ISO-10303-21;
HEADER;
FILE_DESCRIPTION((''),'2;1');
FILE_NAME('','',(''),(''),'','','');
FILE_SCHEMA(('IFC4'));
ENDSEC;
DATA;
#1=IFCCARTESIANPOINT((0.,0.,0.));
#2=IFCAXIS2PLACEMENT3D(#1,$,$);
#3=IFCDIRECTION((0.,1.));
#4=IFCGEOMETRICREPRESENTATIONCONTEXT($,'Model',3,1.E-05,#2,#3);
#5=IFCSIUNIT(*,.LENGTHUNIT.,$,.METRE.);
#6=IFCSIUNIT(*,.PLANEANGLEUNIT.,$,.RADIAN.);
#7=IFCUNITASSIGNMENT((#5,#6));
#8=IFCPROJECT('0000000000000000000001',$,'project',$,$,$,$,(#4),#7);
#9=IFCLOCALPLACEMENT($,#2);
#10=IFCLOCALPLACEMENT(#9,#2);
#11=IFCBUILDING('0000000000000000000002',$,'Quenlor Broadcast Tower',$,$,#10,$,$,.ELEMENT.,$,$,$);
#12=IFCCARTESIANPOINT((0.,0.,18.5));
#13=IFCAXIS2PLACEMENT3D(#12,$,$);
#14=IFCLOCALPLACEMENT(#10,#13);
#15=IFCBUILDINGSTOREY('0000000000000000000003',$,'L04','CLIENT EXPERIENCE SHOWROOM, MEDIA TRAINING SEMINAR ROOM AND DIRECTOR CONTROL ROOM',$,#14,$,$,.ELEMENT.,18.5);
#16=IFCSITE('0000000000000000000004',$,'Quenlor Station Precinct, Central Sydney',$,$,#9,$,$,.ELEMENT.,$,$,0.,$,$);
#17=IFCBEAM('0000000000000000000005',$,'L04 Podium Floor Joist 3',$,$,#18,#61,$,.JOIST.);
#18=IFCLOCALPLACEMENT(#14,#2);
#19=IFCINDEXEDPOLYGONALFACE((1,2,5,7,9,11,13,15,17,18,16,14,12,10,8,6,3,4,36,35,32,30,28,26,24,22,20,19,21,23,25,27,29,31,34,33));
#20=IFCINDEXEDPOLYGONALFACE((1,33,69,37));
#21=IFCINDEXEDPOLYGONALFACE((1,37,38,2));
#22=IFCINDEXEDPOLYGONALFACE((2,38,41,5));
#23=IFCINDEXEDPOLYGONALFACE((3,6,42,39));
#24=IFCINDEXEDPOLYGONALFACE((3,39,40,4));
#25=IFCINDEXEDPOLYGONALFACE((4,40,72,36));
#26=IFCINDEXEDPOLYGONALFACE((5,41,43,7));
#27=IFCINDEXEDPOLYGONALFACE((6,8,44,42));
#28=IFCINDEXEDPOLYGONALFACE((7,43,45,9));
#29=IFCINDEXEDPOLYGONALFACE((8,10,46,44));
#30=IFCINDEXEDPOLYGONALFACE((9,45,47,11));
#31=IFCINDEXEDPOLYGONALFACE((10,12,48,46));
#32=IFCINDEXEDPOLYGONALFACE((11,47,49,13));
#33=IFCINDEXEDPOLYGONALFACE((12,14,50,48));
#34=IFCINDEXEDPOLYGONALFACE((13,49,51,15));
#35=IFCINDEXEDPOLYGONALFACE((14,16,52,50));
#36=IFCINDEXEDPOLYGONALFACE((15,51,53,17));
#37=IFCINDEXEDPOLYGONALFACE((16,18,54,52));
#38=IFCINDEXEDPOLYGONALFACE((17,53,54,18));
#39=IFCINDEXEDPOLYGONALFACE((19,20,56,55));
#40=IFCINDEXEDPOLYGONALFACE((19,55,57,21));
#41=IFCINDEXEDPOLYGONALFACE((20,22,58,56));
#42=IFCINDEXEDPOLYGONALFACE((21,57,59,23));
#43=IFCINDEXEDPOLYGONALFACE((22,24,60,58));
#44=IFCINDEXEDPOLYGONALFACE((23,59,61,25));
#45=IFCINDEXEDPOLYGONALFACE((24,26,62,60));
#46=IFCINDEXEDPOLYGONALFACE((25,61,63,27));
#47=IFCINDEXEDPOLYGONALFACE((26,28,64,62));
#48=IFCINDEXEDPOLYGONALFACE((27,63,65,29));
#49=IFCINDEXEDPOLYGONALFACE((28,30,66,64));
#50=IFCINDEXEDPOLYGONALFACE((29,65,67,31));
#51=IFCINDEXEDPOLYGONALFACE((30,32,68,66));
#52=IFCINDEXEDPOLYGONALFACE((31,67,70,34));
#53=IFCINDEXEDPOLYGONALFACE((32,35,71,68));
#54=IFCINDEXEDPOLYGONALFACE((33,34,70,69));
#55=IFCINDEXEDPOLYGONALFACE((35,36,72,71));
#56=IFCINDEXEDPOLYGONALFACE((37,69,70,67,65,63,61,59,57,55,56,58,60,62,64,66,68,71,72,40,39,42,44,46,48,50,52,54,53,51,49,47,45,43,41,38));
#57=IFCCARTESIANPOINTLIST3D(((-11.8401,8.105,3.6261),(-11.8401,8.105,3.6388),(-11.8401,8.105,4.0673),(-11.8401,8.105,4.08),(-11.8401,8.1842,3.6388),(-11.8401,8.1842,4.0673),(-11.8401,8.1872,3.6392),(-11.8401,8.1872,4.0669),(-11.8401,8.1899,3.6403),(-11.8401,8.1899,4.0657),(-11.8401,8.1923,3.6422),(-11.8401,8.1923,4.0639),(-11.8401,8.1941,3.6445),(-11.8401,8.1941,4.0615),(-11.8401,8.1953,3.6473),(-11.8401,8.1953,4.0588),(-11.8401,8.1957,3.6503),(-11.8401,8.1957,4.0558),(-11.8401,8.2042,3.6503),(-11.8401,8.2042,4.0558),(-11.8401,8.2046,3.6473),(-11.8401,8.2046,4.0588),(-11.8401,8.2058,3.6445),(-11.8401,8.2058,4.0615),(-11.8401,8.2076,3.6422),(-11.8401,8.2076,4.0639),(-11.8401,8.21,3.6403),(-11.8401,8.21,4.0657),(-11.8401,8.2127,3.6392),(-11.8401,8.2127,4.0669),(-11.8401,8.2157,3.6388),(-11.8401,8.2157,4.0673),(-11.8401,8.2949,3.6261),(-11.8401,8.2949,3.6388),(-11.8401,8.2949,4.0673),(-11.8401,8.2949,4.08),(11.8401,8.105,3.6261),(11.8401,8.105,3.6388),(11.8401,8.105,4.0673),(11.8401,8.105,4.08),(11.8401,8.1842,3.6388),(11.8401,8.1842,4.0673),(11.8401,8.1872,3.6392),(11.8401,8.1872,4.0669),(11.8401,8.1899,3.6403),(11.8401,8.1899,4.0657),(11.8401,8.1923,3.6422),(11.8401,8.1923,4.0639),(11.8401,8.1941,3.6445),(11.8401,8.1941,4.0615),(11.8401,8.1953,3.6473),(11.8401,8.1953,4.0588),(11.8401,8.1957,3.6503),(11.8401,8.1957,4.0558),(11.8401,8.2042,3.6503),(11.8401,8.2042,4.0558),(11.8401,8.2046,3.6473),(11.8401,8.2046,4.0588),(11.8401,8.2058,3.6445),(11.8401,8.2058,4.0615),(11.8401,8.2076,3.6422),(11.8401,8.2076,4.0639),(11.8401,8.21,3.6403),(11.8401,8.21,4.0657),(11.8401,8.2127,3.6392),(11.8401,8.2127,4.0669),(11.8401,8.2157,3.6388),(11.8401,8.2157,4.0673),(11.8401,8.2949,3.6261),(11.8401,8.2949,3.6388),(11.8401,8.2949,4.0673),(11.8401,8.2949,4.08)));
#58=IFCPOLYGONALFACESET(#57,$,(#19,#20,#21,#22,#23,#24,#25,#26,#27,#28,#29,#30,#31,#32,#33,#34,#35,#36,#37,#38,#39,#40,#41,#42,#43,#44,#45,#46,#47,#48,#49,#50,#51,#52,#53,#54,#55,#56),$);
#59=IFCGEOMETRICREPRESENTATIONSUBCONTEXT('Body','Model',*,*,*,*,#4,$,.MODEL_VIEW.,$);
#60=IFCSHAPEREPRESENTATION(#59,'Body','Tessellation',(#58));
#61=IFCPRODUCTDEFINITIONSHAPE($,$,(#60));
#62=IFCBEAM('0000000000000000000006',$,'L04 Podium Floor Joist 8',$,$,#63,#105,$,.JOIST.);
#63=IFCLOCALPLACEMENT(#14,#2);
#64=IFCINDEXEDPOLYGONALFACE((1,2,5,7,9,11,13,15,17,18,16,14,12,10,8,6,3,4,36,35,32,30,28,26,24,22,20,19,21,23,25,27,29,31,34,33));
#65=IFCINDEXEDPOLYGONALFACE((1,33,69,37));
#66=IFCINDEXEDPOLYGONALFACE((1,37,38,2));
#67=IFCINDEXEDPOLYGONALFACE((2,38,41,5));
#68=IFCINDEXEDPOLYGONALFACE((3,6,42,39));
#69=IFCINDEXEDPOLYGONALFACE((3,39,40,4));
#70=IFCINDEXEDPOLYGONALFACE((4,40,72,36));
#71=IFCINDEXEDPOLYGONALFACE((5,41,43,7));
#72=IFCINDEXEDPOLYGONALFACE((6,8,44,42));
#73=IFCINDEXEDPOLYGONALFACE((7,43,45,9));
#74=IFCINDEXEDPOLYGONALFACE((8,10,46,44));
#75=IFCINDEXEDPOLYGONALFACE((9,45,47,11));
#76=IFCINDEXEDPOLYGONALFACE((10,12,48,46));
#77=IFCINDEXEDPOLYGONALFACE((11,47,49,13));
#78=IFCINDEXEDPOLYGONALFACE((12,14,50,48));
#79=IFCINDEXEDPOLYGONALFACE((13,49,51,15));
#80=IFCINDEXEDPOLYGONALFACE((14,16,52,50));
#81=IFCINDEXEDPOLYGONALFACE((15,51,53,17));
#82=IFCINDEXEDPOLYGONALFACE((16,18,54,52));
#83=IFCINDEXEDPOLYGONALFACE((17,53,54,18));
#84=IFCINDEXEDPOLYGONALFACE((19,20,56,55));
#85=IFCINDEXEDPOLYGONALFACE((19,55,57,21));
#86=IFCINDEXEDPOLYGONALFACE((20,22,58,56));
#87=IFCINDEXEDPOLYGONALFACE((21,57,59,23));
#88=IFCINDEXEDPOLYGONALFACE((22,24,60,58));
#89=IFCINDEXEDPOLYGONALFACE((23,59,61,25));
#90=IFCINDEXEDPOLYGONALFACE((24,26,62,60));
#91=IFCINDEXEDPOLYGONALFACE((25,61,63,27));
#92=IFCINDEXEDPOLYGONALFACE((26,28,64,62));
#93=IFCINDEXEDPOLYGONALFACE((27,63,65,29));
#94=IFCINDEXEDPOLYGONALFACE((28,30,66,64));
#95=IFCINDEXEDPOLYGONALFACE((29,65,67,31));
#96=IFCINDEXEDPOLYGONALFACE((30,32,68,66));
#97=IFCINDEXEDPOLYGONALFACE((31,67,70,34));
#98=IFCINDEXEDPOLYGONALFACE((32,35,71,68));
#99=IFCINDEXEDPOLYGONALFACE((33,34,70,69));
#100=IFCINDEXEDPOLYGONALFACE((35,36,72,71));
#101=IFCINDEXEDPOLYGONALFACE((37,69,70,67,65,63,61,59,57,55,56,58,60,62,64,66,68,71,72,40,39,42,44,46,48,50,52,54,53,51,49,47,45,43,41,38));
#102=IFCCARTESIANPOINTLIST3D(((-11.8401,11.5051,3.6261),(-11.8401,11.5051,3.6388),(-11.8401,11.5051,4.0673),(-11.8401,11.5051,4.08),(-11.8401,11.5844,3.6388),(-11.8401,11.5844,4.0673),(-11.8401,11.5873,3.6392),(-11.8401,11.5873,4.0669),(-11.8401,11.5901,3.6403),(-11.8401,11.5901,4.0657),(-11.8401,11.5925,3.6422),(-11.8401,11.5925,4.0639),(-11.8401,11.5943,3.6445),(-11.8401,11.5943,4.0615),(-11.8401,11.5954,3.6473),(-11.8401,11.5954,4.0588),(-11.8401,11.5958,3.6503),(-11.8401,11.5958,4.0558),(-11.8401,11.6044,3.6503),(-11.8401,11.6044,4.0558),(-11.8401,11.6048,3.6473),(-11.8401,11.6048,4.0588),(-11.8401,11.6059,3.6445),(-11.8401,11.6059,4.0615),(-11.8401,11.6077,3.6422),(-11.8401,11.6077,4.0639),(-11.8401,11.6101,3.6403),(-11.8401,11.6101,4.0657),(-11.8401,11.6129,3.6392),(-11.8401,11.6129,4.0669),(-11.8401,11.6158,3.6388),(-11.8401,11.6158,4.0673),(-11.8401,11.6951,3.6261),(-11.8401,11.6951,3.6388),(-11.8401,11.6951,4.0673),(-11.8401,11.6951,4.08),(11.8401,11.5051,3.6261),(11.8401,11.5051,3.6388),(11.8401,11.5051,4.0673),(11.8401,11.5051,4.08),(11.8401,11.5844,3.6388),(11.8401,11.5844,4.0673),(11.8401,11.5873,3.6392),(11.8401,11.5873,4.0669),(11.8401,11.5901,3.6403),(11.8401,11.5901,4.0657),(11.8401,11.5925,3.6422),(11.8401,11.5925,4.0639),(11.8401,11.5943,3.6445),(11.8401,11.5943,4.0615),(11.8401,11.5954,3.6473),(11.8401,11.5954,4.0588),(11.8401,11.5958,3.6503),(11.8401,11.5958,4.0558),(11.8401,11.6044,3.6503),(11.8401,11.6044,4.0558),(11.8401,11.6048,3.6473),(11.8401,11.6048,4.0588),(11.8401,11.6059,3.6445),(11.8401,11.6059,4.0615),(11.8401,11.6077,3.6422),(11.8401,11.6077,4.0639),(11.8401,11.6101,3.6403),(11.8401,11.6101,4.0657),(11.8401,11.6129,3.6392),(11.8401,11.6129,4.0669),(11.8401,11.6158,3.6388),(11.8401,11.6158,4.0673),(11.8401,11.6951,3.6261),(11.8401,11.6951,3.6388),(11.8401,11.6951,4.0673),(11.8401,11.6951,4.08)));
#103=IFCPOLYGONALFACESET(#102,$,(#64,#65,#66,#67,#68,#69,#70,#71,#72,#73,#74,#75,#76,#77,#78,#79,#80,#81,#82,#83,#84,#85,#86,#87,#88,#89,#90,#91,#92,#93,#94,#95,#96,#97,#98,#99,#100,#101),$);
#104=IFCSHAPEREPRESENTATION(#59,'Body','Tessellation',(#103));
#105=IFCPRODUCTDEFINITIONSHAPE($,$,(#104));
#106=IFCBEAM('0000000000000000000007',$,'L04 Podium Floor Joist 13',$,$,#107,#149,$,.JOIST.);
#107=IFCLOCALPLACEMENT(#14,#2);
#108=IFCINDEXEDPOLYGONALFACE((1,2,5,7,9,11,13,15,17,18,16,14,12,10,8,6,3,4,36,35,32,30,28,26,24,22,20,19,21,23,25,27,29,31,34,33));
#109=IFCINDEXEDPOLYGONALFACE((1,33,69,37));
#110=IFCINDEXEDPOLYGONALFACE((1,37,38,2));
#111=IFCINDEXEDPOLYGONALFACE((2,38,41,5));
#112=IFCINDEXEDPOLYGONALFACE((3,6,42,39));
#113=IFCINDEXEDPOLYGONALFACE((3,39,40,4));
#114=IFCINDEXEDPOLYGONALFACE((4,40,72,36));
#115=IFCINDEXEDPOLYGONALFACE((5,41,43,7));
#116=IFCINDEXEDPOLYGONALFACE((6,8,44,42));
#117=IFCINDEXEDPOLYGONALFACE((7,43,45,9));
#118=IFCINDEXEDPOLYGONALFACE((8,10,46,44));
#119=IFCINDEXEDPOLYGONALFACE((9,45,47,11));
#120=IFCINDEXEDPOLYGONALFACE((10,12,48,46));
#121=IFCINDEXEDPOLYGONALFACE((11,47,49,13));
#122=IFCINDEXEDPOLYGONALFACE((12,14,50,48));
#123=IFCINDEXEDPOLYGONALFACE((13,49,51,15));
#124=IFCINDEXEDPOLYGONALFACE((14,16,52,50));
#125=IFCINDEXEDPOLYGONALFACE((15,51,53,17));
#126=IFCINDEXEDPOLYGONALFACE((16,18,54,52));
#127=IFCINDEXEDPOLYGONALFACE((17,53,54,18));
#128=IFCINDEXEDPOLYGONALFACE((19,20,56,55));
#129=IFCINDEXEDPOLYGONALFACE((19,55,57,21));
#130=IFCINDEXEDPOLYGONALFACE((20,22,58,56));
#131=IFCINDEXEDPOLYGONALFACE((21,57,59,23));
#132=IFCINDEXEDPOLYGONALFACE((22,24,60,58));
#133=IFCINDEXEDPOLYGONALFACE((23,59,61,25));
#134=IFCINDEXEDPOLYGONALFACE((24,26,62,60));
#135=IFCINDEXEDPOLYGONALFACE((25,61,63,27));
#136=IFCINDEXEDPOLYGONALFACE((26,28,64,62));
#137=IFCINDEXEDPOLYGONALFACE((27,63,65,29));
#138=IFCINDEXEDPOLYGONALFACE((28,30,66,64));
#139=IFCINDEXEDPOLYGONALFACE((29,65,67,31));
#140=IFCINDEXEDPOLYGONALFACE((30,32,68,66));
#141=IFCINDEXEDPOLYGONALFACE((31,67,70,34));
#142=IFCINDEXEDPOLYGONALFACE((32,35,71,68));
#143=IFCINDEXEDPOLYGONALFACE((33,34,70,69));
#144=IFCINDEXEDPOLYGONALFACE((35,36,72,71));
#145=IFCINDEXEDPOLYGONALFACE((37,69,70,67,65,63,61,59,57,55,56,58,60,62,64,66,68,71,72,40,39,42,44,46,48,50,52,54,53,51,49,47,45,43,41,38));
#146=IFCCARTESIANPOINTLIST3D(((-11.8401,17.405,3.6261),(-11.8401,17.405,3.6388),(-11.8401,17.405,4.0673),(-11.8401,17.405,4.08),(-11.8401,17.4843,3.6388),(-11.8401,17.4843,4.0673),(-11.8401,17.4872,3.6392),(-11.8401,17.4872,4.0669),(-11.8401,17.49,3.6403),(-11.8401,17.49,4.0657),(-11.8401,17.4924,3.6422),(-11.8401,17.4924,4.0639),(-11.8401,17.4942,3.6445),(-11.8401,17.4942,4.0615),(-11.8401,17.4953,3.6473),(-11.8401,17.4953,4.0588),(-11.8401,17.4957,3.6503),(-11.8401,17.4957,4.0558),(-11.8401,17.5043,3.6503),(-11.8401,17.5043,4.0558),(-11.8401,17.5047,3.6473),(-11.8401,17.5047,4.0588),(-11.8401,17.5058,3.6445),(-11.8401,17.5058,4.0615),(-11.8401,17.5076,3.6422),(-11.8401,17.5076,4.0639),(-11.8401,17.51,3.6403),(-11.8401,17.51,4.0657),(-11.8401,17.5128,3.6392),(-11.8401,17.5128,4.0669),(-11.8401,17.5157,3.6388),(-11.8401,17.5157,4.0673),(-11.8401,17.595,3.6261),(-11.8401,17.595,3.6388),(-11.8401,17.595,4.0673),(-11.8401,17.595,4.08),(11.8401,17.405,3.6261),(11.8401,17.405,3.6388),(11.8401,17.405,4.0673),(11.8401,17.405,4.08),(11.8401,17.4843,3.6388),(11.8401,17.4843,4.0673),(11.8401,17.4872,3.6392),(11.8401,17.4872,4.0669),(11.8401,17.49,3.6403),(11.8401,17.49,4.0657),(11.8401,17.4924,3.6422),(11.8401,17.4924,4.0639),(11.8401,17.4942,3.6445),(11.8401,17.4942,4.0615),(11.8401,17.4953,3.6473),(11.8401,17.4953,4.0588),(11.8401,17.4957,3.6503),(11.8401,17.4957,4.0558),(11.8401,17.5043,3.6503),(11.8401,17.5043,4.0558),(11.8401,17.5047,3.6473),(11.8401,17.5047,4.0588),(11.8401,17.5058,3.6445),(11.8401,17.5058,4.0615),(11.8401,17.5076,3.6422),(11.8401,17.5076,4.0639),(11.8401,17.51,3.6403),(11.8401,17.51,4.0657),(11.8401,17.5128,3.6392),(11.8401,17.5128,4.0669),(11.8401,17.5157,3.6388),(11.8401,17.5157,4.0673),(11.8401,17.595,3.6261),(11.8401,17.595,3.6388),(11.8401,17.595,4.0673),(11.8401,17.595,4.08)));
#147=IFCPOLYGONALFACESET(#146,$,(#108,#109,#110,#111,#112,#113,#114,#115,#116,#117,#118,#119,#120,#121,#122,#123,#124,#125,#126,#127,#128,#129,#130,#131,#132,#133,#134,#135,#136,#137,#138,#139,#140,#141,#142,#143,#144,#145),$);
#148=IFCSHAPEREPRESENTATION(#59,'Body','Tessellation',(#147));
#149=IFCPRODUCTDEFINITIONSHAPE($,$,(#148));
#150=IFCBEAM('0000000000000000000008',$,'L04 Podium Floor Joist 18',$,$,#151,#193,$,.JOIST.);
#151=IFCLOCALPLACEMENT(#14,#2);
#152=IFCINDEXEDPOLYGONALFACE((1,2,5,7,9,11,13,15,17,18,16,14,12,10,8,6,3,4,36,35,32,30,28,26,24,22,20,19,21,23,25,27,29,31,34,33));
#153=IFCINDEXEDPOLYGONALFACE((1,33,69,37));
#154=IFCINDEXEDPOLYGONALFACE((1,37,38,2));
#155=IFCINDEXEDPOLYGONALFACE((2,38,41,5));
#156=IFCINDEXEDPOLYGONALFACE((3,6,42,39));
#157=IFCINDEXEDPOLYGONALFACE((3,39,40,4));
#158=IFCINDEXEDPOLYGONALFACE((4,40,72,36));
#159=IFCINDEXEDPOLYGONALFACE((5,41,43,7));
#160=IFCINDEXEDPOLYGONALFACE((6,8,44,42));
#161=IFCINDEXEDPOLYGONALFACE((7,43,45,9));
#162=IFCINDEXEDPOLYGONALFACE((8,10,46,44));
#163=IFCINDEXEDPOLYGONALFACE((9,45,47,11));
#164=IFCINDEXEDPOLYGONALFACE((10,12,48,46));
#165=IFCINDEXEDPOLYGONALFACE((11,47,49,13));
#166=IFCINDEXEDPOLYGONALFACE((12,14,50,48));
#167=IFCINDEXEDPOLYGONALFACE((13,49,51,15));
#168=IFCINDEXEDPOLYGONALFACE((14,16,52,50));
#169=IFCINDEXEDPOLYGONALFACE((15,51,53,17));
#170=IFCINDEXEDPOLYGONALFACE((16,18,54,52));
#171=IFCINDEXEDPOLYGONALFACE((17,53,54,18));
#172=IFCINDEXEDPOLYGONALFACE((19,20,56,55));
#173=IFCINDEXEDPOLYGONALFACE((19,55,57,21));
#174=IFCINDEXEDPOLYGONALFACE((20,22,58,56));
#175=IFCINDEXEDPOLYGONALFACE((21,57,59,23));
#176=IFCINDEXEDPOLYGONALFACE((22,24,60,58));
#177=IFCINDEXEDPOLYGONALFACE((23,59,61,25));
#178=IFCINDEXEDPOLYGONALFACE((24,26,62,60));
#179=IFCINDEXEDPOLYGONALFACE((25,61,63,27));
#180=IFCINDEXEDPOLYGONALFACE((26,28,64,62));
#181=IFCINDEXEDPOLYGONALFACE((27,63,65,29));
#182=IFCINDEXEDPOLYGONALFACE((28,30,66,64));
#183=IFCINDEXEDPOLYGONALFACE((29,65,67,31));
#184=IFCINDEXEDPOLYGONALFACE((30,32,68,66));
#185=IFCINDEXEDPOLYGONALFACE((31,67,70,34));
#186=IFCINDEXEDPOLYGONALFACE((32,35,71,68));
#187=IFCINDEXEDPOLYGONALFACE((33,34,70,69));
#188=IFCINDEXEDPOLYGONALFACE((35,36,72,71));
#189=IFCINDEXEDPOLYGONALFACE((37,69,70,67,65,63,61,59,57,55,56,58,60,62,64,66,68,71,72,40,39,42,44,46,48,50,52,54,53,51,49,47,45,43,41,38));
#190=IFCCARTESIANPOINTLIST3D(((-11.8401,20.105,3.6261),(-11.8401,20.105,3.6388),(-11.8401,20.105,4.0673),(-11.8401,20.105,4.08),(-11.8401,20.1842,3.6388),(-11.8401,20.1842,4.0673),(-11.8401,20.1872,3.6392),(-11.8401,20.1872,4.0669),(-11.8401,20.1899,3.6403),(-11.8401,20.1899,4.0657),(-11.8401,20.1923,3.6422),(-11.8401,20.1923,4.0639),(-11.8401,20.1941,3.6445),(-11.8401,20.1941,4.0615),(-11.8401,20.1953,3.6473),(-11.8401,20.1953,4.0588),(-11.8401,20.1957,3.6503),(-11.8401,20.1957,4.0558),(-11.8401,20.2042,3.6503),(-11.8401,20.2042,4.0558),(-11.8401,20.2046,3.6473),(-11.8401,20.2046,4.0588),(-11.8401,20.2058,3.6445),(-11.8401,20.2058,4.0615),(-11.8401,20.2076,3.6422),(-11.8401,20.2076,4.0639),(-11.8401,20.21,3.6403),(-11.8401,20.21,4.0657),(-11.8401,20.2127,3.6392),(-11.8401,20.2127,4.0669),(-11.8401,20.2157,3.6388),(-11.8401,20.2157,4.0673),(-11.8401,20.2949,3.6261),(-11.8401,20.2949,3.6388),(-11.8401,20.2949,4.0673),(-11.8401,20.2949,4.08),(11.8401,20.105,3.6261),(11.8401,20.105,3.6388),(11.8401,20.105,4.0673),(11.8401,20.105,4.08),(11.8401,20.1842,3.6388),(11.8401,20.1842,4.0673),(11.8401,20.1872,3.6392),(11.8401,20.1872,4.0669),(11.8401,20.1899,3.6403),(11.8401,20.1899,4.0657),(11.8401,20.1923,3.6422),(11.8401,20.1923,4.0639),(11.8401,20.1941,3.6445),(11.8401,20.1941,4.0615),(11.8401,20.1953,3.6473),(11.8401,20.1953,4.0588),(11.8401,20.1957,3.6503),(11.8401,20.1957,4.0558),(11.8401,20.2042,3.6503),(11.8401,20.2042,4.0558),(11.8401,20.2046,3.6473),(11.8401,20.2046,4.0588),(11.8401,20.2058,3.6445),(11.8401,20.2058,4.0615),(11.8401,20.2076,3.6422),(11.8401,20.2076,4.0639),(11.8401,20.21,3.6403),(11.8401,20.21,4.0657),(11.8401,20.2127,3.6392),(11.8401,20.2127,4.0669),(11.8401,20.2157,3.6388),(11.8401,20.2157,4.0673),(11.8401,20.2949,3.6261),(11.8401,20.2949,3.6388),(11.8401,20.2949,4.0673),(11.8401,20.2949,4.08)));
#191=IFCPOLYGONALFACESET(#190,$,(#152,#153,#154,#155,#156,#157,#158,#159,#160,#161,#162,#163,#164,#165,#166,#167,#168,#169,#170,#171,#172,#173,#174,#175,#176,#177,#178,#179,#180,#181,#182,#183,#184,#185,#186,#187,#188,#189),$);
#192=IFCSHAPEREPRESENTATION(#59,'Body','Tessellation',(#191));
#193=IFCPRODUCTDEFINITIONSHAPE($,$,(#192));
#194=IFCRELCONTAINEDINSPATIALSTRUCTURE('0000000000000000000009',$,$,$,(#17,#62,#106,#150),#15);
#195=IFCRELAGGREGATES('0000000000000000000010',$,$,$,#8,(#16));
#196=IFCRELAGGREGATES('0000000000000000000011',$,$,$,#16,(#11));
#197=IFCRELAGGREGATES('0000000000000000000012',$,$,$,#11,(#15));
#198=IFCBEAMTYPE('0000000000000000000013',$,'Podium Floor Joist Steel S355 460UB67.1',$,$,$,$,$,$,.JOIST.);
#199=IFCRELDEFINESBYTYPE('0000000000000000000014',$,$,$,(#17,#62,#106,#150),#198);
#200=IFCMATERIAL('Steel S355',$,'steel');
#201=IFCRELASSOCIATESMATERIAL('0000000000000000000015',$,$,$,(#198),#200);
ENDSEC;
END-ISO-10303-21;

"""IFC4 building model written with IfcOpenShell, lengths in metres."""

from ifc_helpers import new_model, si_unit, direction, frame, origin, origin_2d, place, context, subcontext, project, spatial, i_section, extrude, material, material_profile, profile_set, type_object, element, save


model = new_model("IFC4")

# Units and contexts
model_context = context("Model", 3, precision=1e-05, world=origin(), true_north=direction((0.0, 1.0)))
body_context = subcontext(model_context, "Body", "Model", "MODEL_VIEW")
ifc_project = project(units=[si_unit("LENGTHUNIT", "METRE"), si_unit("PLANEANGLEUNIT", "RADIAN")], contexts=[model_context])

# Site, building, storey
site_placement = place(None, origin())
site = spatial("IfcSite", under=ifc_project, at=site_placement, Name="Quenlor Station Precinct, Central Sydney", CompositionType="ELEMENT", RefElevation=0.0)
building_placement = place(site_placement, origin())
building = spatial("IfcBuilding", under=site, at=building_placement, Name="Quenlor Broadcast Tower", CompositionType="ELEMENT")
storey_placement = place(building_placement, frame((0.0, 0.0, 18.5)))
storey = spatial("IfcBuildingStorey", under=building, at=storey_placement, Name="L04", Description="CLIENT EXPERIENCE SHOWROOM, MEDIA TRAINING SEMINAR ROOM AND DIRECTOR CONTROL ROOM", CompositionType="ELEMENT", Elevation=18.5)

# Beams
ifc_material_1 = material(Name="Steel S355", Category="steel")
ifc_material_profile_1 = material_profile(ifc_material_1, i_section(OverallWidth=0.1899, OverallDepth=0.4539, WebThickness=0.0085, FlangeThickness=0.0127, FilletRadius=0.0115, at=origin_2d()))
ifc_profile_set_1 = profile_set([ifc_material_profile_1], Name="Steel S355 460UB67.1")
beam_type_1 = type_object("IfcBeamType", Name="Podium Floor Joist Steel S355 460UB67.1", PredefinedType="JOIST", material=ifc_profile_set_1)
for number, where, z_axis, x_axis, name in (
    (1, (-11.8401, 8.2, 3.853), (1.0, 0.0, 0.0), (0.0, 1.0, 0.0), "L04 Podium Floor Joist 3"),
    (2, (-11.8401, 11.6001, 3.853), (1.0, 0.0, 0.0), (0.0, 1.0, 0.0), "L04 Podium Floor Joist 8"),
    (3, (-11.8401, 17.5, 3.853), (1.0, 0.0, 0.0), (0.0, 1.0, 0.0), "L04 Podium Floor Joist 13"),
    (4, (-11.8401, 20.2, 3.853), (1.0, 0.0, 0.0), (0.0, 1.0, 0.0), "L04 Podium Floor Joist 18"),
):
    element("IfcBeam", number, at=place(storey_placement, frame(where, z_axis=z_axis, x_axis=x_axis)), inside=storey, type_object=beam_type_1, Name=name, PredefinedType="JOIST", context=body_context, shape_type="SweptSolid", body=[
        extrude(i_section(OverallWidth=0.1899, OverallDepth=0.4539, WebThickness=0.0085, FlangeThickness=0.0127, FilletRadius=0.0115, at=origin_2d()), origin(), (0.0, 0.0, 1.0), 23.6802),
    ])

save(model, "model.ifc")
